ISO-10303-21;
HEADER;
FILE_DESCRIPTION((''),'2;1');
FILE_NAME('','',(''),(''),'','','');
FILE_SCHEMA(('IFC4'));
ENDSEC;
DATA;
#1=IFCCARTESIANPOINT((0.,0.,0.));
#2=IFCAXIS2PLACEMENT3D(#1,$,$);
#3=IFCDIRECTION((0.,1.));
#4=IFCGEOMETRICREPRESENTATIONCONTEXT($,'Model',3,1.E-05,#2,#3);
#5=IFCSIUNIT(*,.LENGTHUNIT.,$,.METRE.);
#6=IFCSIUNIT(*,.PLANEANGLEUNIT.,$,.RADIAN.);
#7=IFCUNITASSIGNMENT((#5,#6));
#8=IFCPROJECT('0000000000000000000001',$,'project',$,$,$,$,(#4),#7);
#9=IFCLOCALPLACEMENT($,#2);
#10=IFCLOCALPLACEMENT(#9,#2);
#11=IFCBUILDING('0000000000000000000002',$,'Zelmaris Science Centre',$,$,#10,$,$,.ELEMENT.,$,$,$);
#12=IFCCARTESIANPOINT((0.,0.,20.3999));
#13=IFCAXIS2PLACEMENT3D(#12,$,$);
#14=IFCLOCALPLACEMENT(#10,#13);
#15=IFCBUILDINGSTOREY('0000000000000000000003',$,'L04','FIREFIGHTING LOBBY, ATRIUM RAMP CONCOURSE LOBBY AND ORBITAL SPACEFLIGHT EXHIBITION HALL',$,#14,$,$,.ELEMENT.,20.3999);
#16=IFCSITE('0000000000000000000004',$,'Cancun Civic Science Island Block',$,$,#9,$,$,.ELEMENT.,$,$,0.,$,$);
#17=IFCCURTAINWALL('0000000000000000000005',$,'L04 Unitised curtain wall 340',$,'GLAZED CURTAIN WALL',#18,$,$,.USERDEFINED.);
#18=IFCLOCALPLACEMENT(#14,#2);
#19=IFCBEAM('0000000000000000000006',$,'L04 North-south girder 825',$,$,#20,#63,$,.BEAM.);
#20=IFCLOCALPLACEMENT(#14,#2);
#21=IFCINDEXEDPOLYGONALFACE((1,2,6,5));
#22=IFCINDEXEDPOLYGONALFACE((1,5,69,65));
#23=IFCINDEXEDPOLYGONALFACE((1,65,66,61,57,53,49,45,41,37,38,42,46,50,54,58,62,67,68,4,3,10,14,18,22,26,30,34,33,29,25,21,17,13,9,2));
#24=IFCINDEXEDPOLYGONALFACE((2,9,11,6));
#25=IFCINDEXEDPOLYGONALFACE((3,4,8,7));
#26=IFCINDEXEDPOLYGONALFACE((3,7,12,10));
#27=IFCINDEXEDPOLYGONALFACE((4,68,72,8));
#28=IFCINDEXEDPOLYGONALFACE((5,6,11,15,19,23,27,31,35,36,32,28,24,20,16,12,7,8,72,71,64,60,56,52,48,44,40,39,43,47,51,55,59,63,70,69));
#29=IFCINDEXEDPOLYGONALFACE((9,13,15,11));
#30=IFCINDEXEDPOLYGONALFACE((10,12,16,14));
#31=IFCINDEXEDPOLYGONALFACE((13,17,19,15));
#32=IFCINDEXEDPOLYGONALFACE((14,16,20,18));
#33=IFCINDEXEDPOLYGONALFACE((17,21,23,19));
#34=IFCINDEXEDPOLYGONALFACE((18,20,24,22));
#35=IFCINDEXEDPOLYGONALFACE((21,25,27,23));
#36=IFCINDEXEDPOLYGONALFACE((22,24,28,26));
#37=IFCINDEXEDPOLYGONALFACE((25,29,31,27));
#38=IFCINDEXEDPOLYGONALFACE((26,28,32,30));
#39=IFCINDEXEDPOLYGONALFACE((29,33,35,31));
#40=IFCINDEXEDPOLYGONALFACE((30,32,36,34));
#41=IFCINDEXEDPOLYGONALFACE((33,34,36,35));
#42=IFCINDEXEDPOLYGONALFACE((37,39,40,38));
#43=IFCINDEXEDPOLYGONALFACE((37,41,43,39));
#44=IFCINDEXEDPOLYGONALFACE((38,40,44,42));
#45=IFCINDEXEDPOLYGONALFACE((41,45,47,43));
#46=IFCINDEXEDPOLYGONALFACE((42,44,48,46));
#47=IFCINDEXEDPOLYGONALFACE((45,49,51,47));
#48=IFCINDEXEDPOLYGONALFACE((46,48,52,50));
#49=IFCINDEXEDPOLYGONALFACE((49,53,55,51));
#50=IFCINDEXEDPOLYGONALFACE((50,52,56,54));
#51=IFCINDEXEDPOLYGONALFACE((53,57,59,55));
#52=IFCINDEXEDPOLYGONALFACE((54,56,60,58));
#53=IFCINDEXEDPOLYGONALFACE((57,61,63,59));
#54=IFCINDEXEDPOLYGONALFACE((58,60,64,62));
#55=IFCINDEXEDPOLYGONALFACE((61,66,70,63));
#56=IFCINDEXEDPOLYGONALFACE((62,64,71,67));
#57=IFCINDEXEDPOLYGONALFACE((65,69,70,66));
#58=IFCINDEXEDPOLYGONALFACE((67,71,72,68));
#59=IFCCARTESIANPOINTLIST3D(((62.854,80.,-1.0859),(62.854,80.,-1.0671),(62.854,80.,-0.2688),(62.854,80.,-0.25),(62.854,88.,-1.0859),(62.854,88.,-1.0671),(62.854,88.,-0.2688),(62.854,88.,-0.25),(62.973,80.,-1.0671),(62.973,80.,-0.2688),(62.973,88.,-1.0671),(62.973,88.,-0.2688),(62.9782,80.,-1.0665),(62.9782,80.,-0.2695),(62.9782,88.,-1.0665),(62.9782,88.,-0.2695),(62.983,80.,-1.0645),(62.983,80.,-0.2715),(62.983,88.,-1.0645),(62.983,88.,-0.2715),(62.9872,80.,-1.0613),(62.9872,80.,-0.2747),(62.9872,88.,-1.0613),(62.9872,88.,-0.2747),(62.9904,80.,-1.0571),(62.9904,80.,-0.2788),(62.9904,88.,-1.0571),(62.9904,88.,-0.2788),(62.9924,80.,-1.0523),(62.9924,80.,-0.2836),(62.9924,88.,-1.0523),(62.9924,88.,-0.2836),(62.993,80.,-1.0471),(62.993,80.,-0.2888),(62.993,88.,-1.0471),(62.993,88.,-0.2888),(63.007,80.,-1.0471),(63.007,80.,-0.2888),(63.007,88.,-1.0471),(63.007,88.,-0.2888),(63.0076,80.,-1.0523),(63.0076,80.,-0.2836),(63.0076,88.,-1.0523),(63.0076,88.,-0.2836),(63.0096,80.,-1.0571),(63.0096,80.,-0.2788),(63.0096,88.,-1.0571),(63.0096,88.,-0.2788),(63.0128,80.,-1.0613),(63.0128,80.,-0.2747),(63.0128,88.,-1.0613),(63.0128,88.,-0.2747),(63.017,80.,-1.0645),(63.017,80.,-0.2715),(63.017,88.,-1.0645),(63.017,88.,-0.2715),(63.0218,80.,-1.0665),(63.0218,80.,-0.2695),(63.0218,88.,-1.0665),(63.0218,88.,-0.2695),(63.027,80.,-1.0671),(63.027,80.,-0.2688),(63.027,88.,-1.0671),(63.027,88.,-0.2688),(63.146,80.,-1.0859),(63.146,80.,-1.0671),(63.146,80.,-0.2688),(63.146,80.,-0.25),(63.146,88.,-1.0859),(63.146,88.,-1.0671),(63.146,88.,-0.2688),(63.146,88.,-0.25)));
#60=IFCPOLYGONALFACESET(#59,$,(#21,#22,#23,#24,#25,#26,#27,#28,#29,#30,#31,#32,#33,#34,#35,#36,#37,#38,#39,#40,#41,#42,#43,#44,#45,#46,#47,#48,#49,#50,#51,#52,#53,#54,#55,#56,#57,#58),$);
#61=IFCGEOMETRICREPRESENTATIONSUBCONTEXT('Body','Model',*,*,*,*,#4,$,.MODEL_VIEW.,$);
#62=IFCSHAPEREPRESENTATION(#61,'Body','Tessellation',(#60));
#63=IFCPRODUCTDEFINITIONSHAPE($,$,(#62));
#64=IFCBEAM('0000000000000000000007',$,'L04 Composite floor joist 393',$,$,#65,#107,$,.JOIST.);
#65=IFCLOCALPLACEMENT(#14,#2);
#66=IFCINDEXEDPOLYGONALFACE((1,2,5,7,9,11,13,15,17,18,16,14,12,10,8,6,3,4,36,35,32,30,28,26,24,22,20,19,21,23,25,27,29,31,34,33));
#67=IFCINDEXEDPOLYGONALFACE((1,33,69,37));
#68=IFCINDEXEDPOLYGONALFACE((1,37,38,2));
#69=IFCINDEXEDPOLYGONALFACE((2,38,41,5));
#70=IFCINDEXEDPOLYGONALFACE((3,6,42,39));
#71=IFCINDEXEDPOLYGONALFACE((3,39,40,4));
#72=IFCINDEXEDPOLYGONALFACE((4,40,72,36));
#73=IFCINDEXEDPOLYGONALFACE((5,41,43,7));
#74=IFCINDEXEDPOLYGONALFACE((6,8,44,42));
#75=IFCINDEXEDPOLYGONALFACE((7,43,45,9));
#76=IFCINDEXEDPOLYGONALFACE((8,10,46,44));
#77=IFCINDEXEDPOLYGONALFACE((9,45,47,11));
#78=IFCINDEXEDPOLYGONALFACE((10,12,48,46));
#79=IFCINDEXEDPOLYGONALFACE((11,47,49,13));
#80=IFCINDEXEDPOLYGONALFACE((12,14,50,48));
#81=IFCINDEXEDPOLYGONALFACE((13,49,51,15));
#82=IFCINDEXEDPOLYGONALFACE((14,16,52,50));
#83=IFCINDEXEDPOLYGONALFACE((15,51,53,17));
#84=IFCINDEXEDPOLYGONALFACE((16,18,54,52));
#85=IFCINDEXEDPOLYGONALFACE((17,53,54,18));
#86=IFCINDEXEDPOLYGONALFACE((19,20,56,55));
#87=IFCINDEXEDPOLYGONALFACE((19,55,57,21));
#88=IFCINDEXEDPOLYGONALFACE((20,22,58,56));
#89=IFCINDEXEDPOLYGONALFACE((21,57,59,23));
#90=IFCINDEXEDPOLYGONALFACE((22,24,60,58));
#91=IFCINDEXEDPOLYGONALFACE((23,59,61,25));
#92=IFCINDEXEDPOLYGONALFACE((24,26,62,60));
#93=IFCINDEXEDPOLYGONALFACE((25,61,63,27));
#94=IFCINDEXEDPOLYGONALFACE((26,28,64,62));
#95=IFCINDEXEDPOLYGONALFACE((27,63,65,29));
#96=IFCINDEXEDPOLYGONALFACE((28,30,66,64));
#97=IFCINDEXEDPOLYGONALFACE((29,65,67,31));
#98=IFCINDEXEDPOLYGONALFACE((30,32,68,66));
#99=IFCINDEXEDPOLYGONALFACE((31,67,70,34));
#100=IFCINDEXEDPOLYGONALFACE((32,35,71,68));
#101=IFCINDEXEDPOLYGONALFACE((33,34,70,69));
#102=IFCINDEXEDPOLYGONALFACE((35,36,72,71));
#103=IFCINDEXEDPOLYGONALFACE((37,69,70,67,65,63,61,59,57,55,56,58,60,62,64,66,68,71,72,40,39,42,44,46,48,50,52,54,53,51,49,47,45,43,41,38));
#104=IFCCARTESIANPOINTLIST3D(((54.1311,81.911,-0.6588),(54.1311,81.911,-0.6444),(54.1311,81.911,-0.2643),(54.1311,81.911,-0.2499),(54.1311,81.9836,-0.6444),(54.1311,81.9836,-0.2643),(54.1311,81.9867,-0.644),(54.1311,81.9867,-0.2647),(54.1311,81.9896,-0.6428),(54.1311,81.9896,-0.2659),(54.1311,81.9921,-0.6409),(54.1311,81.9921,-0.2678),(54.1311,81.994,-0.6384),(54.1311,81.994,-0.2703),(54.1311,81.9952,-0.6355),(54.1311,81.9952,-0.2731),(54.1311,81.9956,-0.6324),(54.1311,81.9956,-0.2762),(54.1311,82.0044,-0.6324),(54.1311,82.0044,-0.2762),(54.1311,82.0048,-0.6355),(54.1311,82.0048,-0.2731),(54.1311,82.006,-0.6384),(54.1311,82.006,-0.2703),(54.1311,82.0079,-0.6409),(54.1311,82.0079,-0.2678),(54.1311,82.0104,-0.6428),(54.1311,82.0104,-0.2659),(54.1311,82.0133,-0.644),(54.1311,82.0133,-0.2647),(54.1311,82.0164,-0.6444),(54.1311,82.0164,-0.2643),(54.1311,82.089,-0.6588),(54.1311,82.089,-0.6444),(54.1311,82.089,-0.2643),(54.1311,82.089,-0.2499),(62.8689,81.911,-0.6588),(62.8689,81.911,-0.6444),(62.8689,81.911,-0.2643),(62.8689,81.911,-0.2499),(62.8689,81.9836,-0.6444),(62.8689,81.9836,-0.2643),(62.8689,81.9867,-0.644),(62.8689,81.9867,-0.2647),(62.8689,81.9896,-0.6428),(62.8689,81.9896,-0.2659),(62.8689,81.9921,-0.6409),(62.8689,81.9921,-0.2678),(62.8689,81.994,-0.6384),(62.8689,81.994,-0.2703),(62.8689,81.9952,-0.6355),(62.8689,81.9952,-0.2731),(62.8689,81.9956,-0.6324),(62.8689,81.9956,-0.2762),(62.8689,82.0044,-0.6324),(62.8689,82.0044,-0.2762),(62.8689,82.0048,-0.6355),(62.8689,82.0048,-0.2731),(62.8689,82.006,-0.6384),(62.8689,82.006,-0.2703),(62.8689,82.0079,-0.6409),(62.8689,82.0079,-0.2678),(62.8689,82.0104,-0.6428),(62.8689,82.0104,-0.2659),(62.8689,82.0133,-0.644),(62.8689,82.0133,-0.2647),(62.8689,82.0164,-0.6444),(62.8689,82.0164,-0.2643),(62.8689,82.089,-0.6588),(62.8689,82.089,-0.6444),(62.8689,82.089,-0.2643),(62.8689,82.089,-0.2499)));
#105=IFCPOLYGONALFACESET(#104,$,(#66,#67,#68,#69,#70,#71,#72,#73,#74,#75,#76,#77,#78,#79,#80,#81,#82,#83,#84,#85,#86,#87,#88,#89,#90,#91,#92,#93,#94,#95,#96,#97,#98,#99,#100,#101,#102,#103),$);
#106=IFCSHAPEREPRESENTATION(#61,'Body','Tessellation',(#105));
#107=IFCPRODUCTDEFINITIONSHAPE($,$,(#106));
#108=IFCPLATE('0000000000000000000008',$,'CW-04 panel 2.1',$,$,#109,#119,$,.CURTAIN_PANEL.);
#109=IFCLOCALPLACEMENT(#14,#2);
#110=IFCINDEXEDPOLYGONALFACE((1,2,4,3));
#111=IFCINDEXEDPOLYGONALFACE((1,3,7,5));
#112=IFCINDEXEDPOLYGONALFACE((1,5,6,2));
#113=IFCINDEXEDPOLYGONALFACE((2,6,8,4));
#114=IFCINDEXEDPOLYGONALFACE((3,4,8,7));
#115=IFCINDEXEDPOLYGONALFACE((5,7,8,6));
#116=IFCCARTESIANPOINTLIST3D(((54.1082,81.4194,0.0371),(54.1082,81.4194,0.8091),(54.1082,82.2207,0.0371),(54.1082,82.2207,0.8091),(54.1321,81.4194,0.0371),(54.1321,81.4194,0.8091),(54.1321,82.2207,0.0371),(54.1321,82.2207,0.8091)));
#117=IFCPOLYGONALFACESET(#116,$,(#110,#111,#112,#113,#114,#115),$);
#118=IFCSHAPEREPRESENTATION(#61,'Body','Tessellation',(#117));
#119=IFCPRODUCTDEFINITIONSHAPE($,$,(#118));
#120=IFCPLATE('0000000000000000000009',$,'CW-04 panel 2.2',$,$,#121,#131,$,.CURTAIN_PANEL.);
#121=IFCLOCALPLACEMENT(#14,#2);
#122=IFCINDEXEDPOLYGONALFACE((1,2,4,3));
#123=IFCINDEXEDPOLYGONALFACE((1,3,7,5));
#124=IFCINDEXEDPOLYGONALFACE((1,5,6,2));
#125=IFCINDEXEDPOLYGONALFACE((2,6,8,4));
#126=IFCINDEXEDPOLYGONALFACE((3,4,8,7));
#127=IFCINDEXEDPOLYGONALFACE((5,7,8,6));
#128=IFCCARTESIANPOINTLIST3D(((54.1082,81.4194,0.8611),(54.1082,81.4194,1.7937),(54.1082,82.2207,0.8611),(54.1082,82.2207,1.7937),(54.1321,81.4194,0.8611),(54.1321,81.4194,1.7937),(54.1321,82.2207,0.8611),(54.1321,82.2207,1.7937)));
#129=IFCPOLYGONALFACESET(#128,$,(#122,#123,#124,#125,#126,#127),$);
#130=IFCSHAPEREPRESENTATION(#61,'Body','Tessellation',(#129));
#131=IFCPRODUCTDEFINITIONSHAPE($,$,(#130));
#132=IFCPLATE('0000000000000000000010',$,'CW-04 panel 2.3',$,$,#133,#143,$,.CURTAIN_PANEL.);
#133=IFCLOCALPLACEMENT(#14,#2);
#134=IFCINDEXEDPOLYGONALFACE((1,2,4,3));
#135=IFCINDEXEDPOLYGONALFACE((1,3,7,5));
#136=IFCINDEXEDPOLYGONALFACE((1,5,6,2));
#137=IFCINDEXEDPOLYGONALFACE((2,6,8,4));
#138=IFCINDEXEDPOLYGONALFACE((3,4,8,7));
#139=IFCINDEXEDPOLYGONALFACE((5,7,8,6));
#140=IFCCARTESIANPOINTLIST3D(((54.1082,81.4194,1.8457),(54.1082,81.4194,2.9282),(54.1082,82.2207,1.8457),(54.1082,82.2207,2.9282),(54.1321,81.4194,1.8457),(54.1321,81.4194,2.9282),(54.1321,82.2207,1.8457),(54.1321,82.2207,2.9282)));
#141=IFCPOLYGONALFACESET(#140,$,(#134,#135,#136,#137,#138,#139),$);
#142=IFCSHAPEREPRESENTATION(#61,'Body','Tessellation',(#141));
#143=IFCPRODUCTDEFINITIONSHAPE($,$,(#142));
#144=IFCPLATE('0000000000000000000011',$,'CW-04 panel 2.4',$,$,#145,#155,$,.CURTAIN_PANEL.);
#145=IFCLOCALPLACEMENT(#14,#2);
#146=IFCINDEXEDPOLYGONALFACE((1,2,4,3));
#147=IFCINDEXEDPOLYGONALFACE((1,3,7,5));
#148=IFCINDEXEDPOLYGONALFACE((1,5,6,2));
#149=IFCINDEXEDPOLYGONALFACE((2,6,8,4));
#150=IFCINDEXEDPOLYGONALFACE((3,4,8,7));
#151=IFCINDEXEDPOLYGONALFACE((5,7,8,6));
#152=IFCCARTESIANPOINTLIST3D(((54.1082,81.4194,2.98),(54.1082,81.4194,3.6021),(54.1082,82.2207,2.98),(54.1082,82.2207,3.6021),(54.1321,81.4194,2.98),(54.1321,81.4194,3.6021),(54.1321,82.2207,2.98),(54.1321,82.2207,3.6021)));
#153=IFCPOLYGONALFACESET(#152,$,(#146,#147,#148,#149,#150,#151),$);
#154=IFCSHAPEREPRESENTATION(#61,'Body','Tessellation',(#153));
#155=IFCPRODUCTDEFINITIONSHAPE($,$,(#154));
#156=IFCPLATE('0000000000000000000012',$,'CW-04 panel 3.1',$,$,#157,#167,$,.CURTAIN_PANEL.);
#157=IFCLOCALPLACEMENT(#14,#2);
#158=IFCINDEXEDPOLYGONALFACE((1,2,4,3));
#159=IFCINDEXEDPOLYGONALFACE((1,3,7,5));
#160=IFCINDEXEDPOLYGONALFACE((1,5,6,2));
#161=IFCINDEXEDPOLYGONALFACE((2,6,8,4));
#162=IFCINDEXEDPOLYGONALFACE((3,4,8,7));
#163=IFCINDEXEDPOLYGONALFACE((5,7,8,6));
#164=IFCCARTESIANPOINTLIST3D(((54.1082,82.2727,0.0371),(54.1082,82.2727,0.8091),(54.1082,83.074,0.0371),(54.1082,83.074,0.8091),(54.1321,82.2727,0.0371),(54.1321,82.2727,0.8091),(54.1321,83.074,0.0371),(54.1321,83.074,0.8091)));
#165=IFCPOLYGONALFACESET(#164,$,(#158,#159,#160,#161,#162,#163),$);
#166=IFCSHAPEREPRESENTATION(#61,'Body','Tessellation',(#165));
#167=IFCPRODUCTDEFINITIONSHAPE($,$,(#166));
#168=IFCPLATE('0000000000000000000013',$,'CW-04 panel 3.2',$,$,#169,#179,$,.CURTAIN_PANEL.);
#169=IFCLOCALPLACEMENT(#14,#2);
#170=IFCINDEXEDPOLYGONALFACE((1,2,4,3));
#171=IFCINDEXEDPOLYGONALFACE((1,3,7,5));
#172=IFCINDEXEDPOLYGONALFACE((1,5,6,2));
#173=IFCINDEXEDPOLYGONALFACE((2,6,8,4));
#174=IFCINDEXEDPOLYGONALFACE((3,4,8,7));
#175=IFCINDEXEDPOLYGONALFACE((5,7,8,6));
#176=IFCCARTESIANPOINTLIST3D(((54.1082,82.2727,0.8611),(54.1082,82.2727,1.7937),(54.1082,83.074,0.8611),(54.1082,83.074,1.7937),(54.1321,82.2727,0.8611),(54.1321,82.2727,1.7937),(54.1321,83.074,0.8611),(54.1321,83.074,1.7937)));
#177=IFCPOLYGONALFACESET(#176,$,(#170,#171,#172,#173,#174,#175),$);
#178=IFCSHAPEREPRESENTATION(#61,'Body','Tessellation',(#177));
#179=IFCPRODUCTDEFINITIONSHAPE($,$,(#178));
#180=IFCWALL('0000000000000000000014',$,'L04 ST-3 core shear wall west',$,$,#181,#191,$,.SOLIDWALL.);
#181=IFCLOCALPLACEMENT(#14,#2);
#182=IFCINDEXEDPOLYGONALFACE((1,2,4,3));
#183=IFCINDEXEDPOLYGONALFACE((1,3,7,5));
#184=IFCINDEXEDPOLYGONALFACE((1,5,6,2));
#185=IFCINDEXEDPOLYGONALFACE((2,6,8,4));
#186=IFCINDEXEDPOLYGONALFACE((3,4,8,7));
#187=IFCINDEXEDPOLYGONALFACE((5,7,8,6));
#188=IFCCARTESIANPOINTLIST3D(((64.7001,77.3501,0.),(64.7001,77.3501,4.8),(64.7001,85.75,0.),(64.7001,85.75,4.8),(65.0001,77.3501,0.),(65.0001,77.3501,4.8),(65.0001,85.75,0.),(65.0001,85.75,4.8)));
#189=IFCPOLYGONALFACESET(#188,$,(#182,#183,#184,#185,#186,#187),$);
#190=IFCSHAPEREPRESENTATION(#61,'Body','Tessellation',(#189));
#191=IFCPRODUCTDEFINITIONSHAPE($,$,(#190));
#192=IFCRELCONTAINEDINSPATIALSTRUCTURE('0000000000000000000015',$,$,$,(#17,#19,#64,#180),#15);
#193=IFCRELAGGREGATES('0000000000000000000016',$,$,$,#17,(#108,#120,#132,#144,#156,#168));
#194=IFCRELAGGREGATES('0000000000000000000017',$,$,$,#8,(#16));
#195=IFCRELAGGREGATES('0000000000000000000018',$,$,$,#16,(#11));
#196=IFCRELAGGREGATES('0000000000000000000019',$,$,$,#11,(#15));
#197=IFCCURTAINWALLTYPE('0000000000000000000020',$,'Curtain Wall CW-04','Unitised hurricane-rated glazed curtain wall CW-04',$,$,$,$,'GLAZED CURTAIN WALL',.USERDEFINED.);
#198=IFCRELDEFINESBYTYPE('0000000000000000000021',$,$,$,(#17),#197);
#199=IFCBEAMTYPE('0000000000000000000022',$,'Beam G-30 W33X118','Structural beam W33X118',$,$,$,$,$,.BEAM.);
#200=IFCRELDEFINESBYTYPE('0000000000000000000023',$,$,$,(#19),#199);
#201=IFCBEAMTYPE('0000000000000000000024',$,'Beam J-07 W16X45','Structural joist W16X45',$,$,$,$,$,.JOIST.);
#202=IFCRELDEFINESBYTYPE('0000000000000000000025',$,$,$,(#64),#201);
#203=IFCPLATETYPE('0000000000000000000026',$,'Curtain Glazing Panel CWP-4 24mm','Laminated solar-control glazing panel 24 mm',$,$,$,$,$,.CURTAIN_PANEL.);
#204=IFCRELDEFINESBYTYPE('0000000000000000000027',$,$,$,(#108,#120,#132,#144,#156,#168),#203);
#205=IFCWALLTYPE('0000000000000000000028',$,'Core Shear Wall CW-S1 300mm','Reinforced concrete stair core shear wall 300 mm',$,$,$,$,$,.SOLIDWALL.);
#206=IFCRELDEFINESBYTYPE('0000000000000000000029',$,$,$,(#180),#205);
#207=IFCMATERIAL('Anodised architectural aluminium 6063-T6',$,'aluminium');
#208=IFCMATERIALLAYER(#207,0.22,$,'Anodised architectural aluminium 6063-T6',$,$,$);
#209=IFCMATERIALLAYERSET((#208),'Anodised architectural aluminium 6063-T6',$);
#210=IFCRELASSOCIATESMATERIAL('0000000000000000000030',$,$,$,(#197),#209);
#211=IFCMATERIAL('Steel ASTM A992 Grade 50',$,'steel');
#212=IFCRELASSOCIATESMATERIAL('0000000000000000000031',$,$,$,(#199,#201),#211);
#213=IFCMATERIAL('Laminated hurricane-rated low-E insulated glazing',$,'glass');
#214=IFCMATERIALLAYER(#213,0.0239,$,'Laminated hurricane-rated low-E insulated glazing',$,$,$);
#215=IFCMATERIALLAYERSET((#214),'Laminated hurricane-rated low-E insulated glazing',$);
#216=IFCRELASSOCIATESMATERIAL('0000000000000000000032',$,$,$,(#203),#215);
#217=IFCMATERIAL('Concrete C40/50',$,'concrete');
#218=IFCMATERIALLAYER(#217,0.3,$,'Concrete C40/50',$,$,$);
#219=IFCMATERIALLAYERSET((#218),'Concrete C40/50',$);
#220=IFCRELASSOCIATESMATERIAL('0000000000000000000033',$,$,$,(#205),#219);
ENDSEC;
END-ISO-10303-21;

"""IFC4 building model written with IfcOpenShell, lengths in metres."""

from ifc_helpers import new_model, si_unit, direction, frame, frame_2d, origin, origin_2d, place, context, subcontext, project, spatial, rectangle, i_section, extrude, material, layer, layer_set, material_profile, profile_set, type_object, element, aggregate, save


model = new_model("IFC4")

# Units and contexts
model_context = context("Model", 3, precision=1e-05, world=origin(), true_north=direction((0.0, 1.0)))
body_context = subcontext(model_context, "Body", "Model", "MODEL_VIEW")
ifc_project = project(units=[si_unit("LENGTHUNIT", "METRE"), si_unit("PLANEANGLEUNIT", "RADIAN")], contexts=[model_context])

# Site, building, storey
site_placement = place(None, origin())
site = spatial("IfcSite", under=ifc_project, at=site_placement, Name="Cancun Civic Science Island Block", CompositionType="ELEMENT", RefElevation=0.0)
building_placement = place(site_placement, origin())
building = spatial("IfcBuilding", under=site, at=building_placement, Name="Zelmaris Science Centre", CompositionType="ELEMENT")
storey_placement = place(building_placement, frame((0.0, 0.0, 20.3999)))
storey = spatial("IfcBuildingStorey", under=building, at=storey_placement, Name="L04", Description="FIREFIGHTING LOBBY, ATRIUM RAMP CONCOURSE LOBBY AND ORBITAL SPACEFLIGHT EXHIBITION HALL", CompositionType="ELEMENT", Elevation=20.3999)

# Shared definitions
ifc_material_1 = material(Name="Steel ASTM A992 Grade 50", Category="steel")

# Curtain wall
ifc_material_2 = material(Name="Anodised architectural aluminium 6063-T6", Category="aluminium")
ifc_layer_1 = layer(ifc_material_2, 0.22, Name="Anodised architectural aluminium 6063-T6")
ifc_layer_set_1 = layer_set([ifc_layer_1], Name="Anodised architectural aluminium 6063-T6")
curtain_wall_type = type_object("IfcCurtainWallType", Name="Curtain Wall CW-04", Description="Unitised hurricane-rated glazed curtain wall CW-04", ElementType="GLAZED CURTAIN WALL", PredefinedType="USERDEFINED", material=ifc_layer_set_1)
curtain_wall_placement = place(storey_placement, origin())
curtain_wall = element("IfcCurtainWall", 1, at=curtain_wall_placement, inside=storey, type_object=curtain_wall_type, Name="L04 Unitised curtain wall 340", ObjectType="GLAZED CURTAIN WALL", PredefinedType="USERDEFINED")

# Beams
ifc_material_profile_1 = material_profile(ifc_material_1, i_section(OverallWidth=0.292, OverallDepth=0.8359, WebThickness=0.0139, FlangeThickness=0.0188, FilletRadius=0.02, at=origin_2d()), Name="W33X118")
ifc_profile_set_1 = profile_set([ifc_material_profile_1], Name="Steel ASTM A992 Grade 50")
beam_type_1 = type_object("IfcBeamType", Name="Beam G-30 W33X118", Description="Structural beam W33X118", PredefinedType="BEAM", material=ifc_profile_set_1)
beam_1_placement = place(storey_placement, frame((63.0, 80.0, -0.668), z_axis=(0.0, 1.0, 0.0), x_axis=(-1.0, 0.0, 0.0)))
element("IfcBeam", 2, at=beam_1_placement, inside=storey, type_object=beam_type_1, Name="L04 North-south girder 825", PredefinedType="BEAM", context=body_context, shape_type="SweptSolid", body=[
    extrude(i_section(OverallWidth=0.292, OverallDepth=0.8359, WebThickness=0.0139, FlangeThickness=0.0188, FilletRadius=0.02, at=origin_2d()), origin(), (0.0, 0.0, 1.0), 8.0),
])
ifc_material_profile_2 = material_profile(ifc_material_1, i_section(OverallWidth=0.178, OverallDepth=0.4089, WebThickness=0.0088, FlangeThickness=0.0144, FilletRadius=0.012, at=origin_2d()), Name="W16X45")
ifc_profile_set_2 = profile_set([ifc_material_profile_2], Name="Steel ASTM A992 Grade 50")
beam_type_2 = type_object("IfcBeamType", Name="Beam J-07 W16X45", Description="Structural joist W16X45", PredefinedType="JOIST", material=ifc_profile_set_2)
beam_2_placement = place(storey_placement, frame((54.1311, 82.0, -0.4543), z_axis=(1.0, 0.0, 0.0), x_axis=(0.0, 1.0, 0.0)))
element("IfcBeam", 3, at=beam_2_placement, inside=storey, type_object=beam_type_2, Name="L04 Composite floor joist 393", PredefinedType="JOIST", context=body_context, shape_type="SweptSolid", body=[
    extrude(i_section(OverallWidth=0.178, OverallDepth=0.4089, WebThickness=0.0088, FlangeThickness=0.0144, FilletRadius=0.012, at=origin_2d()), origin(), (0.0, 0.0, 1.0), 8.7378),
])

# Plates
ifc_material_3 = material(Name="Laminated hurricane-rated low-E insulated glazing", Category="glass")
ifc_layer_2 = layer(ifc_material_3, 0.0239, Name="Laminated hurricane-rated low-E insulated glazing")
ifc_layer_set_2 = layer_set([ifc_layer_2], Name="Laminated hurricane-rated low-E insulated glazing")
plate_type = type_object("IfcPlateType", Name="Curtain Glazing Panel CWP-4 24mm", Description="Laminated solar-control glazing panel 24 mm", PredefinedType="CURTAIN_PANEL", material=ifc_layer_set_2)
plate_1_placement = place(storey_placement, frame((54.1201, 81.8201, 0.0371), z_axis=(0.0, 0.0, 1.0), x_axis=(0.0, 1.0, 0.0)))
plate_1 = element("IfcPlate", 4, at=plate_1_placement, type_object=plate_type, Name="CW-04 panel 2.1", PredefinedType="CURTAIN_PANEL", context=body_context, shape_type="SweptSolid", body=[
    extrude(rectangle(XDim=0.8013, YDim=0.0239, at=origin_2d()), origin(), (0.0, 0.0, 1.0), 0.772),
])
plate_2_placement = place(storey_placement, frame((54.1201, 81.8201, 0.8611), z_axis=(0.0, 0.0, 1.0), x_axis=(0.0, 1.0, 0.0)))
plate_2 = element("IfcPlate", 5, at=plate_2_placement, type_object=plate_type, Name="CW-04 panel 2.2", PredefinedType="CURTAIN_PANEL", context=body_context, shape_type="SweptSolid", body=[
    extrude(rectangle(XDim=0.8013, YDim=0.0239, at=origin_2d()), origin(), (0.0, 0.0, 1.0), 0.9326),
])
plate_3_placement = place(storey_placement, frame((54.1201, 81.8201, 1.8457), z_axis=(0.0, 0.0, 1.0), x_axis=(0.0, 1.0, 0.0)))
plate_3 = element("IfcPlate", 6, at=plate_3_placement, type_object=plate_type, Name="CW-04 panel 2.3", PredefinedType="CURTAIN_PANEL", context=body_context, shape_type="SweptSolid", body=[
    extrude(rectangle(XDim=0.8013, YDim=0.0239, at=origin_2d()), origin(), (0.0, 0.0, 1.0), 1.0825),
])
plate_4_placement = place(storey_placement, frame((54.1201, 81.8201, 2.98), z_axis=(0.0, 0.0, 1.0), x_axis=(0.0, 1.0, 0.0)))
plate_4 = element("IfcPlate", 7, at=plate_4_placement, type_object=plate_type, Name="CW-04 panel 2.4", PredefinedType="CURTAIN_PANEL", context=body_context, shape_type="SweptSolid", body=[
    extrude(rectangle(XDim=0.8013, YDim=0.0239, at=origin_2d()), origin(), (0.0, 0.0, 1.0), 0.6221),
])
plate_5_placement = place(storey_placement, frame((54.1201, 82.6733, 0.0371), z_axis=(0.0, 0.0, 1.0), x_axis=(0.0, 1.0, 0.0)))
plate_5 = element("IfcPlate", 8, at=plate_5_placement, type_object=plate_type, Name="CW-04 panel 3.1", PredefinedType="CURTAIN_PANEL", context=body_context, shape_type="SweptSolid", body=[
    extrude(rectangle(XDim=0.8013, YDim=0.0239, at=origin_2d()), origin(), (0.0, 0.0, 1.0), 0.772),
])
plate_6_placement = place(storey_placement, frame((54.1201, 82.6733, 0.8611), z_axis=(0.0, 0.0, 1.0), x_axis=(0.0, 1.0, 0.0)))
plate_6 = element("IfcPlate", 9, at=plate_6_placement, type_object=plate_type, Name="CW-04 panel 3.2", PredefinedType="CURTAIN_PANEL", context=body_context, shape_type="SweptSolid", body=[
    extrude(rectangle(XDim=0.8013, YDim=0.0239, at=origin_2d()), origin(), (0.0, 0.0, 1.0), 0.9326),
])
aggregate(curtain_wall, [plate_1, plate_2, plate_3, plate_4, plate_5, plate_6])

# Wall
ifc_material_4 = material(Name="Concrete C40/50", Category="concrete")
ifc_layer_3 = layer(ifc_material_4, 0.3, Name="Concrete C40/50")
ifc_layer_set_3 = layer_set([ifc_layer_3], Name="Concrete C40/50")
wall_type_1 = type_object("IfcWallType", Name="Core Shear Wall CW-S1 300mm", Description="Reinforced concrete stair core shear wall 300 mm", PredefinedType="SOLIDWALL", material=ifc_layer_set_3)
wall_1_placement = place(storey_placement, frame((64.8501, 77.3501, 0.0), z_axis=(0.0, 0.0, 1.0), x_axis=(0.0, 1.0, 0.0)))
element("IfcWall", 10, at=wall_1_placement, inside=storey, type_object=wall_type_1, Name="L04 ST-3 core shear wall west", PredefinedType="SOLIDWALL", context=body_context, shape_type="SweptSolid", body=[
    extrude(rectangle(XDim=8.3999, YDim=0.3, at=frame_2d((4.2, 0.0))), origin(), (0.0, 0.0, 1.0), 4.8),
])

save(model, "model.ifc")
